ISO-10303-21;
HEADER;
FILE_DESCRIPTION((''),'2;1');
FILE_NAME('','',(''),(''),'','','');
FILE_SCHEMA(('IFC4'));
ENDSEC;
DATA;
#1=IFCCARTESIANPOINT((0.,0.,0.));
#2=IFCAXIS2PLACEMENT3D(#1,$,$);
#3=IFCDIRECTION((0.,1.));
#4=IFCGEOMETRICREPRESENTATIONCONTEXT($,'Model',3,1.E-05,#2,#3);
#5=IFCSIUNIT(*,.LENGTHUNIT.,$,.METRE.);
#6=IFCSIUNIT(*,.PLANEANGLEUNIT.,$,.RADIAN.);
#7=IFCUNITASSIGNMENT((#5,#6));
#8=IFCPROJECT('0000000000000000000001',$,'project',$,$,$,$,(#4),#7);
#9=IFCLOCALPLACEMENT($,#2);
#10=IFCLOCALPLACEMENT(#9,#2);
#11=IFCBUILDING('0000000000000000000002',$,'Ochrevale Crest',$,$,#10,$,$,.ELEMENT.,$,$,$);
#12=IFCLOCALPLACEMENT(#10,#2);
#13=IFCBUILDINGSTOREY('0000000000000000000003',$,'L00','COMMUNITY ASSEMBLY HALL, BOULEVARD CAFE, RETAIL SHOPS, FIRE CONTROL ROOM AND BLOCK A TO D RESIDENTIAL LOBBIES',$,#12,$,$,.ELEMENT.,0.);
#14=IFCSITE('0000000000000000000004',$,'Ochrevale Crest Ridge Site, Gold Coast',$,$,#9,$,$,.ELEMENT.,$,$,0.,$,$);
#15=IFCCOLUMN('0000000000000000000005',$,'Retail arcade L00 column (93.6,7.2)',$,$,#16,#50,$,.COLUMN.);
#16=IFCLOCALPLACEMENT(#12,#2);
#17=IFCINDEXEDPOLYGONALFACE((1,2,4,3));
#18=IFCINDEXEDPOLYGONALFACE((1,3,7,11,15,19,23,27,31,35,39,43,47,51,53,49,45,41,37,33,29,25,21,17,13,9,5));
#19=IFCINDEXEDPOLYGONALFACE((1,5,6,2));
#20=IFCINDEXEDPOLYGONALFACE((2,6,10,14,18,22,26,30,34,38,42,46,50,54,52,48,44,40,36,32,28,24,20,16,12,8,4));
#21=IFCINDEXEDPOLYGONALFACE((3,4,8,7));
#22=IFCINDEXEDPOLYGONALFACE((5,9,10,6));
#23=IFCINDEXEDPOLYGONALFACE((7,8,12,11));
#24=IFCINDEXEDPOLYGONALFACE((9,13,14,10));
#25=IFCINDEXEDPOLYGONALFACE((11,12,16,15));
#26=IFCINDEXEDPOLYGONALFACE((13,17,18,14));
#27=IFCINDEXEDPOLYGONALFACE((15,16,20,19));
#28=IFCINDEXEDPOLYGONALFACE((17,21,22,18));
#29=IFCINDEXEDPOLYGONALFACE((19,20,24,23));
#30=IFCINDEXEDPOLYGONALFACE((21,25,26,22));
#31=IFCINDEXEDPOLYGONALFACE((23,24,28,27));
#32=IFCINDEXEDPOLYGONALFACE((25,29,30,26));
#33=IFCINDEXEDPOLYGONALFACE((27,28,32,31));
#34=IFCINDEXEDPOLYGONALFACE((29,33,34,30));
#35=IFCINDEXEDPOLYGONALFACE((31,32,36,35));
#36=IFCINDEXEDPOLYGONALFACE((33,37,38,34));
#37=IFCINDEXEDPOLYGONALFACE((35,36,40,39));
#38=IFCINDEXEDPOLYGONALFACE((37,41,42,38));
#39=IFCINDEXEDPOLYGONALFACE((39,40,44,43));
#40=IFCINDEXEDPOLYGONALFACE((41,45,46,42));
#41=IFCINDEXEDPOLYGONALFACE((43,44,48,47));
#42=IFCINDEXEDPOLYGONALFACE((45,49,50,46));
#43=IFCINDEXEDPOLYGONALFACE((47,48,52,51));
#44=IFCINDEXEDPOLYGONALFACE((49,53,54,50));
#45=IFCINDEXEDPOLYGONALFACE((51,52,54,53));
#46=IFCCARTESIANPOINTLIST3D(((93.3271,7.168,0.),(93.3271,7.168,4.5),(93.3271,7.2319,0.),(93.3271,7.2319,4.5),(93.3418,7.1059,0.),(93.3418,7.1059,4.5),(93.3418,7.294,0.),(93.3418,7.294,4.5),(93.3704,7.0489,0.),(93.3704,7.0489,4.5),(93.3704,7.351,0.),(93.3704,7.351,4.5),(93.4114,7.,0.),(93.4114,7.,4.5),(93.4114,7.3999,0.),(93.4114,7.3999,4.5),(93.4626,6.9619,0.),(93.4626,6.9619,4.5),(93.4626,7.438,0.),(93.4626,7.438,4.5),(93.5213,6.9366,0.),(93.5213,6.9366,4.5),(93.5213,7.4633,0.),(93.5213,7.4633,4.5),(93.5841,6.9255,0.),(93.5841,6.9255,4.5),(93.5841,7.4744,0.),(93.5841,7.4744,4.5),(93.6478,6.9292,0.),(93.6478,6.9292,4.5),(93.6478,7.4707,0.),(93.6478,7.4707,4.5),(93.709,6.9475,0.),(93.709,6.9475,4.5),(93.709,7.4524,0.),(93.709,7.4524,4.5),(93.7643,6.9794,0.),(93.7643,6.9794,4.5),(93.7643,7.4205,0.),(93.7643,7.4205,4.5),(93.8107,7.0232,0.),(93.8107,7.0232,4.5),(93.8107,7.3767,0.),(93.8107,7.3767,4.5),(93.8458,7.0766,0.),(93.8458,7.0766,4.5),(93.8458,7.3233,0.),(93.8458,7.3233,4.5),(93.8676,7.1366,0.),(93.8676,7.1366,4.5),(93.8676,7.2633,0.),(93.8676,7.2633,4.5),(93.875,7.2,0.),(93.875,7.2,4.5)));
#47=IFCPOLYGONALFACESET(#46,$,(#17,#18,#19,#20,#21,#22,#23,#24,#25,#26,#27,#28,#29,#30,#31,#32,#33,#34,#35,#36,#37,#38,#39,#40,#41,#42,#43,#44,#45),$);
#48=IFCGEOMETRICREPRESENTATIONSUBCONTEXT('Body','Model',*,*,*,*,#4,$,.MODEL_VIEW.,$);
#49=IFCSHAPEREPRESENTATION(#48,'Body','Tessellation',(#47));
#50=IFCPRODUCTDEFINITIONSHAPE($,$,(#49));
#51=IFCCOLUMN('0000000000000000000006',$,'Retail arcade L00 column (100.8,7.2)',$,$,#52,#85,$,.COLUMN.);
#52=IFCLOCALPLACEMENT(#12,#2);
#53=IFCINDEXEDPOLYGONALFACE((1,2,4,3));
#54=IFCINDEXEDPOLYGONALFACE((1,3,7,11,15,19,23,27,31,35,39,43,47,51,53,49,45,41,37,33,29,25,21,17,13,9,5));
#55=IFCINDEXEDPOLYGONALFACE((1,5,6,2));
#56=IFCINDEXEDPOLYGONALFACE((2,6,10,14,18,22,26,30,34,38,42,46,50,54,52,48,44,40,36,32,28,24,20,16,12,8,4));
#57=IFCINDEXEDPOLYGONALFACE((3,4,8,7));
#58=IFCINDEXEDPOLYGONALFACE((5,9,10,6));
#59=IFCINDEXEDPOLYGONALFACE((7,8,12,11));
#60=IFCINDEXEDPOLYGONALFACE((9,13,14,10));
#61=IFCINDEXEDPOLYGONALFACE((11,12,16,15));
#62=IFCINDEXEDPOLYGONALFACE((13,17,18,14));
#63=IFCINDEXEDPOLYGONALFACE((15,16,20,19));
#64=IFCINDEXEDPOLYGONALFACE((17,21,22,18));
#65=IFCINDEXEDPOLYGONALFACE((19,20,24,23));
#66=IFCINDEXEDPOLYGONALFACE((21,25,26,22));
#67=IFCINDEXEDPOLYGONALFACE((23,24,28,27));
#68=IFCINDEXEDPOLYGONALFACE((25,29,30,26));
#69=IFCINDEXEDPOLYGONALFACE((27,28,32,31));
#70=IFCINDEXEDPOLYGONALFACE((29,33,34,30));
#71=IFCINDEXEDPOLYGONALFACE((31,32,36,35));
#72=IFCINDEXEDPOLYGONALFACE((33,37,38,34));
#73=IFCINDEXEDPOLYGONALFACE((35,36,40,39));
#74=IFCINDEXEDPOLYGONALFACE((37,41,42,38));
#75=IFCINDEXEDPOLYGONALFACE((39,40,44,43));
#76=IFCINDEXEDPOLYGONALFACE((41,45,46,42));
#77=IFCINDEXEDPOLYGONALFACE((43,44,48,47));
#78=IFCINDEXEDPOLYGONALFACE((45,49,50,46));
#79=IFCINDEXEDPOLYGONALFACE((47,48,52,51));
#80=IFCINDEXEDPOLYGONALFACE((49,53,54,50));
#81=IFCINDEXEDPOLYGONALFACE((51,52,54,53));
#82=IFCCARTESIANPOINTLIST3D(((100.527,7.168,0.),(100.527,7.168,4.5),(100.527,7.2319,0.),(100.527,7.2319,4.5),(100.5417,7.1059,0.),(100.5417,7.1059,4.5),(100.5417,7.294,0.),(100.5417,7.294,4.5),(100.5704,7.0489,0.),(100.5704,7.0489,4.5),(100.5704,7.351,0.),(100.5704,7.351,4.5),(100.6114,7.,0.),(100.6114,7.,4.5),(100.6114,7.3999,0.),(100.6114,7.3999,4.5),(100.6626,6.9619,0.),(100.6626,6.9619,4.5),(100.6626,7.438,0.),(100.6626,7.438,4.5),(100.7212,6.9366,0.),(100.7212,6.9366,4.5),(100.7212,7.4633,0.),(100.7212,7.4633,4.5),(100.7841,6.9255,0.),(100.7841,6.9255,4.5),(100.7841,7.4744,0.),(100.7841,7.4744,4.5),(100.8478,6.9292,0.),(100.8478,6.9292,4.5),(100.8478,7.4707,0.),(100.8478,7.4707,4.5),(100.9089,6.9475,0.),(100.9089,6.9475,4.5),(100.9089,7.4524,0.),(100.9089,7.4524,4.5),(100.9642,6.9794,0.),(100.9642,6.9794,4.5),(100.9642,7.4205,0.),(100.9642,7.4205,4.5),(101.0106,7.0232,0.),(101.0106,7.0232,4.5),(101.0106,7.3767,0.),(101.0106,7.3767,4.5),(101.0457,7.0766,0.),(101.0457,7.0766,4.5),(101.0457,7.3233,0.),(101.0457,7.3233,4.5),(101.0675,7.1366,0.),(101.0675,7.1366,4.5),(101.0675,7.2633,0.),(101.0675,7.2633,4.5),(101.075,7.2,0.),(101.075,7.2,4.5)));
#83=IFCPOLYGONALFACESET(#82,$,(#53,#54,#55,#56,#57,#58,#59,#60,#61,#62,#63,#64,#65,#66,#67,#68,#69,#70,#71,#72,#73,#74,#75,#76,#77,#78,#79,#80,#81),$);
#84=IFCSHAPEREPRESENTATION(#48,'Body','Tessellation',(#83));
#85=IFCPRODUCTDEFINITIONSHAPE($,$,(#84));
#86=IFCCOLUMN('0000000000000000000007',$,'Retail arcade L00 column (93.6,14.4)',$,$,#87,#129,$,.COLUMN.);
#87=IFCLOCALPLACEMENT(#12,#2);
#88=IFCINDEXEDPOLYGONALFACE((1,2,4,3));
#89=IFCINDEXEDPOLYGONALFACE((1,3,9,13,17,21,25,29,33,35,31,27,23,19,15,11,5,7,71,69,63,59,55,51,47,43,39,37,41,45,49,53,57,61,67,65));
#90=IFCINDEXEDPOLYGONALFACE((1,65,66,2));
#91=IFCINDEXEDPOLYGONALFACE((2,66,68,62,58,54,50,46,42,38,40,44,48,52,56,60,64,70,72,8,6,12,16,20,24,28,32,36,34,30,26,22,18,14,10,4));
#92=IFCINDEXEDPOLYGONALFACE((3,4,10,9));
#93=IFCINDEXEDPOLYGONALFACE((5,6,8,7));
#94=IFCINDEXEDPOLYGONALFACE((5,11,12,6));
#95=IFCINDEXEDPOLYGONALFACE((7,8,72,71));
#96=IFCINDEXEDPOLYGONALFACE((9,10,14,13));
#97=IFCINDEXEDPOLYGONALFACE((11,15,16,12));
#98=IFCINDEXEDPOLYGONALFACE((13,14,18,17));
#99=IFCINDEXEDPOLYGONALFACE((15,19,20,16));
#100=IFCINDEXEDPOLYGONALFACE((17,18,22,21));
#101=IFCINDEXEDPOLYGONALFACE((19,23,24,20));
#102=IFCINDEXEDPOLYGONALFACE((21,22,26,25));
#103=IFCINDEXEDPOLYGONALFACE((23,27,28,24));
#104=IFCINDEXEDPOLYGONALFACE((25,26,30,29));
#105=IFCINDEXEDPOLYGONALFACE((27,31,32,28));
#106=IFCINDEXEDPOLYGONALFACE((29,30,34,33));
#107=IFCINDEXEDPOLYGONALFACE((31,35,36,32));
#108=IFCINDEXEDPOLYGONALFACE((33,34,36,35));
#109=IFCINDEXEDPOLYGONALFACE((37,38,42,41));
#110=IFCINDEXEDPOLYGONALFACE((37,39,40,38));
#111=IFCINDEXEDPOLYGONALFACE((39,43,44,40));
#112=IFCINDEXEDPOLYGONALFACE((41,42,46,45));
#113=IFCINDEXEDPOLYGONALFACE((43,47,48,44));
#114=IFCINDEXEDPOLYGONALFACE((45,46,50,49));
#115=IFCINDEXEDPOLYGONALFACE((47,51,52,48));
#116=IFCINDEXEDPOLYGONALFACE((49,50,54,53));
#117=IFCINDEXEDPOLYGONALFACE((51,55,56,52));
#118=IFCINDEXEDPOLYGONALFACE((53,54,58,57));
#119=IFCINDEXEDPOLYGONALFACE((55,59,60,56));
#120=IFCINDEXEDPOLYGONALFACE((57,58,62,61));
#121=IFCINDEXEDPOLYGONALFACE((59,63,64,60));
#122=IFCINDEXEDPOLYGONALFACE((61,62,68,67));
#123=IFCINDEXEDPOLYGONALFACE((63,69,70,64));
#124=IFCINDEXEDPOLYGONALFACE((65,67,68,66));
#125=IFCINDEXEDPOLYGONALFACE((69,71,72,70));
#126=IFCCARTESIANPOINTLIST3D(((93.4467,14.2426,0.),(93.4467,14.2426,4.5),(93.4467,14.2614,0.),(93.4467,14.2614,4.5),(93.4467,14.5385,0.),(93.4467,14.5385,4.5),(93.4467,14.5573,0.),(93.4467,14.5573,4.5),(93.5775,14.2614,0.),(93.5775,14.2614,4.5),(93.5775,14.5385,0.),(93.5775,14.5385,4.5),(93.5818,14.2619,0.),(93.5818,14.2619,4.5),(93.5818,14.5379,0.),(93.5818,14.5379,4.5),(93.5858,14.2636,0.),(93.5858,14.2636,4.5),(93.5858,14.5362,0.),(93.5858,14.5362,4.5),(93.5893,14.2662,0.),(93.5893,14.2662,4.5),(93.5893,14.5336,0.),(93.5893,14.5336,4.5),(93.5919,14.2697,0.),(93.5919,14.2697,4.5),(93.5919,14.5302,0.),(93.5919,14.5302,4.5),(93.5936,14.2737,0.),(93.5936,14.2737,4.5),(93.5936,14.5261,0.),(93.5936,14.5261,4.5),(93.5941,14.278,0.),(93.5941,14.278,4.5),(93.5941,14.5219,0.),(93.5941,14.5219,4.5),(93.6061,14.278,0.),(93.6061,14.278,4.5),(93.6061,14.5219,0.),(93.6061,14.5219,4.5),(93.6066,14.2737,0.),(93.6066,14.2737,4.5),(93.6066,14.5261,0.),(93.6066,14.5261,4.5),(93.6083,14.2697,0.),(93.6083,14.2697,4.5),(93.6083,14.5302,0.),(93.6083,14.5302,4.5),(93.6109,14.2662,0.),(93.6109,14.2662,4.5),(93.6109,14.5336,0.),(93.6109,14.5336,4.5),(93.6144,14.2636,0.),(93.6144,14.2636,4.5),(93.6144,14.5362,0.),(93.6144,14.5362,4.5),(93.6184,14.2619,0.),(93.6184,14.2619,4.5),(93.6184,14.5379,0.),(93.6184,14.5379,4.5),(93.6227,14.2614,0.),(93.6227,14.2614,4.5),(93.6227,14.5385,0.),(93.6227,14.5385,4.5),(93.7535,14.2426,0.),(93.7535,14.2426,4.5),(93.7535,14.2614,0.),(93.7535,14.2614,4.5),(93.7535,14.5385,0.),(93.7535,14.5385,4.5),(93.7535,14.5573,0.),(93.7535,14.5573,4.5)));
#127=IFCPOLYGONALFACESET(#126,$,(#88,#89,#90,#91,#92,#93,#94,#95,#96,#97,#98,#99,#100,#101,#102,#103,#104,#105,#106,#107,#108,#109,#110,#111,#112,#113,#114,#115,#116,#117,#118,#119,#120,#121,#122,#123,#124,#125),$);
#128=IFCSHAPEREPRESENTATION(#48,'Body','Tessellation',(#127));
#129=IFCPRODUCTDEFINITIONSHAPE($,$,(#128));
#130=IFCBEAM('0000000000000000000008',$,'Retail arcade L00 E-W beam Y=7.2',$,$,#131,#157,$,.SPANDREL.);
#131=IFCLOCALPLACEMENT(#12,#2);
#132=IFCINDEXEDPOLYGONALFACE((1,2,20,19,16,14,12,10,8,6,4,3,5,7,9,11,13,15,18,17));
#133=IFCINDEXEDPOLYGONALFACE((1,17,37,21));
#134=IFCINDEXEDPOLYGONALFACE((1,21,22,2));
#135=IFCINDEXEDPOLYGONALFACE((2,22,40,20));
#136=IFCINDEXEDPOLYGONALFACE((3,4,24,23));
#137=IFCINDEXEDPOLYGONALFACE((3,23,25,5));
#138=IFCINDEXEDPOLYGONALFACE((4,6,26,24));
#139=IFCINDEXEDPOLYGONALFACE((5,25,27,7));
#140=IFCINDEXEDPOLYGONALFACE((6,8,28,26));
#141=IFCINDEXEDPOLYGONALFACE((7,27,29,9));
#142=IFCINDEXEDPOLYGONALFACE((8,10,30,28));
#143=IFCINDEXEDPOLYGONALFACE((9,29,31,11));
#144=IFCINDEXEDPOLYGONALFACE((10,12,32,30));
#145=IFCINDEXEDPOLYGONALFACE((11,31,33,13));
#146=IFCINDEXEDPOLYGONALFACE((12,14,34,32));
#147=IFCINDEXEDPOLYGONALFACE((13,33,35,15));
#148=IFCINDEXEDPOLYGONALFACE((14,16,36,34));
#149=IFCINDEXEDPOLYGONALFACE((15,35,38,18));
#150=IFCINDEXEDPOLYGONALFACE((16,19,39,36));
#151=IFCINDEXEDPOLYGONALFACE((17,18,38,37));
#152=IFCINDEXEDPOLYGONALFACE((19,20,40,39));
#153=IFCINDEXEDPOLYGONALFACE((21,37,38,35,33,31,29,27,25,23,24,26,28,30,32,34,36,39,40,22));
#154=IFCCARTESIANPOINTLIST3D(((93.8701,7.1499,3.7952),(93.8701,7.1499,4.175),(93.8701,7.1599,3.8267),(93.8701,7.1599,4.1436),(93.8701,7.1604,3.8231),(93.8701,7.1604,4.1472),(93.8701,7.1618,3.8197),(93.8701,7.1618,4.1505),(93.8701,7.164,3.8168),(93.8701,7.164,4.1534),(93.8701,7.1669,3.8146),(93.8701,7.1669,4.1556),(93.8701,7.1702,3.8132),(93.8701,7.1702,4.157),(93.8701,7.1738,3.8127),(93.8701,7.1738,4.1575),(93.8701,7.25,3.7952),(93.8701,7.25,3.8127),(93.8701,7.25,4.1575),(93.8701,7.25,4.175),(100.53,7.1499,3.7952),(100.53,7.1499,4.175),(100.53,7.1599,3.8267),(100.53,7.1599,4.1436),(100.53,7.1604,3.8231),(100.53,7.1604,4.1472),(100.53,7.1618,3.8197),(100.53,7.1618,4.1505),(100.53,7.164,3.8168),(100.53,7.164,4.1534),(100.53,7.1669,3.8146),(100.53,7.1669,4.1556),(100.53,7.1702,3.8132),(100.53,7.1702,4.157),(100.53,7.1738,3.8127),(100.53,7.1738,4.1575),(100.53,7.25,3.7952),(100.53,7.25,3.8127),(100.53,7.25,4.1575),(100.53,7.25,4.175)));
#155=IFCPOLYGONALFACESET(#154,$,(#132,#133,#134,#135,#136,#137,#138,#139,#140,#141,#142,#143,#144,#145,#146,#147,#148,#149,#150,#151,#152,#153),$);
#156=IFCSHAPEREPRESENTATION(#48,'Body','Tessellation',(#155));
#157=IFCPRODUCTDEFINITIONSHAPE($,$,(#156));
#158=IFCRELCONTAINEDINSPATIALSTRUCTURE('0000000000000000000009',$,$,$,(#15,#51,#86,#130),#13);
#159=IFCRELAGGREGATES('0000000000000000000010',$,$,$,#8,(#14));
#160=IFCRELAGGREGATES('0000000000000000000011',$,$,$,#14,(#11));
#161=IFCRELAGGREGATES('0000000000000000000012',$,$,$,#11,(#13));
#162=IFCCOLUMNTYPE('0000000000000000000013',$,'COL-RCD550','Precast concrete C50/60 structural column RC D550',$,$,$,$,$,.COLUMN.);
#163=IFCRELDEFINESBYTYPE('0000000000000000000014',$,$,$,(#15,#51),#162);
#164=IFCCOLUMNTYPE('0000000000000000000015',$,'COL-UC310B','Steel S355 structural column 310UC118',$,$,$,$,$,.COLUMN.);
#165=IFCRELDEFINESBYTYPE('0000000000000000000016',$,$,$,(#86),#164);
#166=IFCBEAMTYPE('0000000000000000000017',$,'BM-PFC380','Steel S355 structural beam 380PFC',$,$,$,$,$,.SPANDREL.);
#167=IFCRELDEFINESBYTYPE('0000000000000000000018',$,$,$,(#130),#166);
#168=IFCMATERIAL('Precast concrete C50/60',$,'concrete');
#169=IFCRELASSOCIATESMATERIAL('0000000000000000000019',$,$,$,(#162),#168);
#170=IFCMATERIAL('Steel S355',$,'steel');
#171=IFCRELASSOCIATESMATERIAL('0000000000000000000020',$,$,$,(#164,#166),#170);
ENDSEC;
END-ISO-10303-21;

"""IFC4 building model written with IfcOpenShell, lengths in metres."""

from ifc_helpers import new_model, si_unit, direction, frame, origin, origin_2d, place, context, subcontext, project, spatial, circle, i_section, u_section, extrude, material, material_profile, profile_set, type_object, element, save


model = new_model("IFC4")

# Units and contexts
model_context = context("Model", 3, precision=1e-05, world=origin(), true_north=direction((0.0, 1.0)))
body_context = subcontext(model_context, "Body", "Model", "MODEL_VIEW")
ifc_project = project(units=[si_unit("LENGTHUNIT", "METRE"), si_unit("PLANEANGLEUNIT", "RADIAN")], contexts=[model_context])

# Site, building, storey
site_placement = place(None, origin())
site = spatial("IfcSite", under=ifc_project, at=site_placement, Name="Ochrevale Crest Ridge Site, Gold Coast", CompositionType="ELEMENT", RefElevation=0.0)
building_placement = place(site_placement, origin())
building = spatial("IfcBuilding", under=site, at=building_placement, Name="Ochrevale Crest", CompositionType="ELEMENT")
storey_placement = place(building_placement, origin())
storey = spatial("IfcBuildingStorey", under=building, at=storey_placement, Name="L00", Description="COMMUNITY ASSEMBLY HALL, BOULEVARD CAFE, RETAIL SHOPS, FIRE CONTROL ROOM AND BLOCK A TO D RESIDENTIAL LOBBIES", CompositionType="ELEMENT", Elevation=0.0)

# Columns
ifc_material_1 = material(Name="Precast concrete C50/60", Category="concrete")
ifc_material_profile_1 = material_profile(ifc_material_1, circle(Radius=0.2749, at=origin_2d()), Name="RC D550")
ifc_profile_set_1 = profile_set([ifc_material_profile_1], Name="Precast concrete C50/60")
column_type_1 = type_object("IfcColumnType", Name="COL-RCD550", Description="Precast concrete C50/60 structural column RC D550", PredefinedType="COLUMN", material=ifc_profile_set_1)
for number, where, z_axis, x_axis, name in (
    (1, (93.6001, 7.2, 0.0), (0.0, 0.0, 1.0), (1.0, 0.0, 0.0), "Retail arcade L00 column (93.6,7.2)"),
    (2, (100.8, 7.2, 0.0), (0.0, 0.0, 1.0), (1.0, 0.0, 0.0), "Retail arcade L00 column (100.8,7.2)"),
):
    element("IfcColumn", number, at=place(storey_placement, frame(where, z_axis=z_axis, x_axis=x_axis)), inside=storey, type_object=column_type_1, Name=name, PredefinedType="COLUMN", context=body_context, shape_type="SweptSolid", body=[
        extrude(circle(Radius=0.2749, at=origin_2d()), origin(), (0.0, 0.0, 1.0), 4.5),
    ])
ifc_material_2 = material(Name="Steel S355", Category="steel")
ifc_material_profile_2 = material_profile(ifc_material_2, i_section(OverallWidth=0.3069, OverallDepth=0.3147, WebThickness=0.012, FlangeThickness=0.0188, FilletRadius=0.0166, at=origin_2d()), Name="310UC118")
ifc_profile_set_2 = profile_set([ifc_material_profile_2], Name="Steel S355")
column_type_2 = type_object("IfcColumnType", Name="COL-UC310B", Description="Steel S355 structural column 310UC118", PredefinedType="COLUMN", material=ifc_profile_set_2)
column_placement = place(storey_placement, frame((93.6001, 14.3999, 0.0), z_axis=(0.0, 0.0, 1.0), x_axis=(1.0, 0.0, 0.0)))
element("IfcColumn", 3, at=column_placement, inside=storey, type_object=column_type_2, Name="Retail arcade L00 column (93.6,14.4)", PredefinedType="COLUMN", context=body_context, shape_type="SweptSolid", body=[
    extrude(i_section(OverallWidth=0.3069, OverallDepth=0.3147, WebThickness=0.012, FlangeThickness=0.0188, FilletRadius=0.0166, at=origin_2d()), origin(), (0.0, 0.0, 1.0), 4.5),
])

# Beam
ifc_material_profile_3 = material_profile(ifc_material_2, u_section(Depth=0.3799, FlangeWidth=0.1001, WebThickness=0.01, FlangeThickness=0.0176, FilletRadius=0.0139, at=origin_2d()), Name="380PFC")
ifc_profile_set_3 = profile_set([ifc_material_profile_3], Name="Steel S355")
beam_type_1 = type_object("IfcBeamType", Name="BM-PFC380", Description="Steel S355 structural beam 380PFC", PredefinedType="SPANDREL", material=ifc_profile_set_3)
beam_1_placement = place(storey_placement, frame((93.8701, 7.2, 3.9851), z_axis=(1.0, 0.0, 0.0), x_axis=(0.0, 1.0, 0.0)))
element("IfcBeam", 4, at=beam_1_placement, inside=storey, type_object=beam_type_1, Name="Retail arcade L00 E-W beam Y=7.2", PredefinedType="SPANDREL", context=body_context, shape_type="SweptSolid", body=[
    extrude(u_section(Depth=0.3799, FlangeWidth=0.1001, WebThickness=0.01, FlangeThickness=0.0176, FilletRadius=0.0139, at=origin_2d()), origin(), (0.0, 0.0, 1.0), 6.6599),
])

save(model, "model.ifc")
